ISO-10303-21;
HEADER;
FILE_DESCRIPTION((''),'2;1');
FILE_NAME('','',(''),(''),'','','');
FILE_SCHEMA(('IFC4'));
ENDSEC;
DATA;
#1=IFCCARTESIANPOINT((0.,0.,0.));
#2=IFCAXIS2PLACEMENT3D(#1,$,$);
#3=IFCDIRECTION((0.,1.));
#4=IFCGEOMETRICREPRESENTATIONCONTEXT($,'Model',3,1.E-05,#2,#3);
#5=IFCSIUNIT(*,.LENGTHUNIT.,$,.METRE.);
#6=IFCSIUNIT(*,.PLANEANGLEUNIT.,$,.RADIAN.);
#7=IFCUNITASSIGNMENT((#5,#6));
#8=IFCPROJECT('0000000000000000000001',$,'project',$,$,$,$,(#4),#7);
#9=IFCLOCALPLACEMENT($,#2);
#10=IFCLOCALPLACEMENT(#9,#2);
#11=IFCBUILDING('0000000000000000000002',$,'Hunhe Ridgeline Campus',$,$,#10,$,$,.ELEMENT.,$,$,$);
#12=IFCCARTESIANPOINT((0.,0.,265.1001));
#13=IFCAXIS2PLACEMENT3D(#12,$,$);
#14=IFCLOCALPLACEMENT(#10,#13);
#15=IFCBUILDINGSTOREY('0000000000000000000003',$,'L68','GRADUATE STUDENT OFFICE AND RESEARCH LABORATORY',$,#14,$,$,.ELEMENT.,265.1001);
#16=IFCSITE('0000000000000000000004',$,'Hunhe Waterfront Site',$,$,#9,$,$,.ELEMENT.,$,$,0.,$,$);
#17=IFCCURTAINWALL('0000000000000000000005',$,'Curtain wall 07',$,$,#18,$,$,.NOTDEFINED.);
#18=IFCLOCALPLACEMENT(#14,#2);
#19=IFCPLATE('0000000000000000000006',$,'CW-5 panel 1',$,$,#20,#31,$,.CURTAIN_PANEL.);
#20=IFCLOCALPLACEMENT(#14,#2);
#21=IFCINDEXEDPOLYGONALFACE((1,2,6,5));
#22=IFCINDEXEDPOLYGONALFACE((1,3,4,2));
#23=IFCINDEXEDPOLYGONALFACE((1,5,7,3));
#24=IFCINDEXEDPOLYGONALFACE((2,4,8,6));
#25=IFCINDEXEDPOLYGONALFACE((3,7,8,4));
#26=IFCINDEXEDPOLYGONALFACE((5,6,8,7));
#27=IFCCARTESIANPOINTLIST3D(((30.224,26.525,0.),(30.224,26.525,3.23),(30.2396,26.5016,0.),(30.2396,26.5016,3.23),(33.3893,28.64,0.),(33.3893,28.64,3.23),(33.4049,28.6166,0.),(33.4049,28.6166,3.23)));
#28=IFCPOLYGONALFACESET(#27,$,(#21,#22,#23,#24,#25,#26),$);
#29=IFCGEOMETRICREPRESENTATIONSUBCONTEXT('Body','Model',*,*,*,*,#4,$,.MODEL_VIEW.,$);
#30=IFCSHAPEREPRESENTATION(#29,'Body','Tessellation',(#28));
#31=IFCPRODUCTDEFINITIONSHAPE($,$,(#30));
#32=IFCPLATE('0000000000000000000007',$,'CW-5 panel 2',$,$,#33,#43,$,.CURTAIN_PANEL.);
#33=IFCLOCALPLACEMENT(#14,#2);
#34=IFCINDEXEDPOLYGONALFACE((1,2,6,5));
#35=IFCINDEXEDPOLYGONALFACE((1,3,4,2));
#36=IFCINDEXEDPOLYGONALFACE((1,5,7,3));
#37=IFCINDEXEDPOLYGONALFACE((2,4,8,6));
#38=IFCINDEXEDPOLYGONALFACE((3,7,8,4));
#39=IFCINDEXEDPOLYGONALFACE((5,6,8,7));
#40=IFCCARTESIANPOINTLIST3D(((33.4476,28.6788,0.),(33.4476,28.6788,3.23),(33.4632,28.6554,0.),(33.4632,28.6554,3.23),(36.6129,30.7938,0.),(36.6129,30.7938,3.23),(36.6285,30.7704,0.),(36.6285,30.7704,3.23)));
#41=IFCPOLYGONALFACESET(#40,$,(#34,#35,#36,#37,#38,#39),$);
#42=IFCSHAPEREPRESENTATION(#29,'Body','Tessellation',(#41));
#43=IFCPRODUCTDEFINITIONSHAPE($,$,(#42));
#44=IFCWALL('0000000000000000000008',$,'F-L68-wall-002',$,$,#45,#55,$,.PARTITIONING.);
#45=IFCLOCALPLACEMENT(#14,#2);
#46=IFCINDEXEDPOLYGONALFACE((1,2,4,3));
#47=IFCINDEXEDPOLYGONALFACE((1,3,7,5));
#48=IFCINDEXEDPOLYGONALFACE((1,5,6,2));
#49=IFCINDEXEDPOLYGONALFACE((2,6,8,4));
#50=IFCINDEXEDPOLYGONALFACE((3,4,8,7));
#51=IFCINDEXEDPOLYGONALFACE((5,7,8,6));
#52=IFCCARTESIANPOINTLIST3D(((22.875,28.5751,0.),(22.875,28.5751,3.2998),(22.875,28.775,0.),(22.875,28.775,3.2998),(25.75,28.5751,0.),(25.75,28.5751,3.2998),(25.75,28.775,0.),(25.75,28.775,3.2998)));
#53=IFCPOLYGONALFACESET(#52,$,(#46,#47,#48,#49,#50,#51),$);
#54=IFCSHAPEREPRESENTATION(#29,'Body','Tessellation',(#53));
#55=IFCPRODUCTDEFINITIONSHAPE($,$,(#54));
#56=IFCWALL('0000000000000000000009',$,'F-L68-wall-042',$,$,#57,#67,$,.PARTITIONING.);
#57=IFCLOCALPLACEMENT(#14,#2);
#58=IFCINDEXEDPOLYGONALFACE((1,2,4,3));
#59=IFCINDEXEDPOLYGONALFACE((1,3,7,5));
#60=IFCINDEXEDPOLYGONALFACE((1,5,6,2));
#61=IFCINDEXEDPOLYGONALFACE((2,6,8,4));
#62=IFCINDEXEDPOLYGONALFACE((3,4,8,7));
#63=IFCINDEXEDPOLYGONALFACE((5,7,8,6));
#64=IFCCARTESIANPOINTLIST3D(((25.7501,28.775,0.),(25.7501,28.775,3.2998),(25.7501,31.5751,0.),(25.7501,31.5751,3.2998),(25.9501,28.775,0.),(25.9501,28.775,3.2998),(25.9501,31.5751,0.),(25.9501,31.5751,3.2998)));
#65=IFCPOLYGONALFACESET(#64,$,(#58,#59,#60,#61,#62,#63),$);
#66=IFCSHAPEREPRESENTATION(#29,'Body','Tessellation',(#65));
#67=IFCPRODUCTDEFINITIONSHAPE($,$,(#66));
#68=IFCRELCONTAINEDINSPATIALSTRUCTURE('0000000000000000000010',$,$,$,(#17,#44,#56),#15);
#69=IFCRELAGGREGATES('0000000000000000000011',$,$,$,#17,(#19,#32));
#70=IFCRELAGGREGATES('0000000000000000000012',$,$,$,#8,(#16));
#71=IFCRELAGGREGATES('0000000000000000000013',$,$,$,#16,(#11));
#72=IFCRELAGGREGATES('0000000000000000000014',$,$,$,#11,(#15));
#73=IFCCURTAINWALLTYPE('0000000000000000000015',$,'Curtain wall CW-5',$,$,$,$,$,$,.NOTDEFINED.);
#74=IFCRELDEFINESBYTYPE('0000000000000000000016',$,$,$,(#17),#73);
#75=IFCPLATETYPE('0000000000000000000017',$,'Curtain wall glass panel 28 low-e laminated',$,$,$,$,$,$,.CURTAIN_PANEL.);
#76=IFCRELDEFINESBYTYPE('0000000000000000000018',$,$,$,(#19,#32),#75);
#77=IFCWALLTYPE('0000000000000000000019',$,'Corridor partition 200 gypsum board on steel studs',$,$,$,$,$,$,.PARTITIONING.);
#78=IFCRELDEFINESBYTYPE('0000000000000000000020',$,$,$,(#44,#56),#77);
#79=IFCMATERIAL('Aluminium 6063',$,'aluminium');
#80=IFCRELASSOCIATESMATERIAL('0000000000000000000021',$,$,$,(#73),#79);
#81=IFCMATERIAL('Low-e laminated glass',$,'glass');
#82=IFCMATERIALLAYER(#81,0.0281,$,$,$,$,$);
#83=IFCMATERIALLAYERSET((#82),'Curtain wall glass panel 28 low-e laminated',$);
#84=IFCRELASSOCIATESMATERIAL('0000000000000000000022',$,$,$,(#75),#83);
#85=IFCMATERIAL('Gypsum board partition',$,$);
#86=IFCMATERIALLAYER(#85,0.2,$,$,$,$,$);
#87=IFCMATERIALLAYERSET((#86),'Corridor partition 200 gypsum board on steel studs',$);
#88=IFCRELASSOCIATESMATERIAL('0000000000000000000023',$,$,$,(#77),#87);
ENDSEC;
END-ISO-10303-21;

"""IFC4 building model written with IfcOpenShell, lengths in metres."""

from ifc_helpers import new_model, si_unit, direction, frame, frame_2d, origin, origin_2d, place, context, subcontext, project, spatial, rectangle, extrude, material, layer, layer_set, type_object, element, aggregate, save


model = new_model("IFC4")

# Units and contexts
model_context = context("Model", 3, precision=1e-05, world=origin(), true_north=direction((0.0, 1.0)))
body_context = subcontext(model_context, "Body", "Model", "MODEL_VIEW")
ifc_project = project(units=[si_unit("LENGTHUNIT", "METRE"), si_unit("PLANEANGLEUNIT", "RADIAN")], contexts=[model_context])

# Site, building, storey
site_placement = place(None, origin())
site = spatial("IfcSite", under=ifc_project, at=site_placement, Name="Hunhe Waterfront Site", CompositionType="ELEMENT", RefElevation=0.0)
building_placement = place(site_placement, origin())
building = spatial("IfcBuilding", under=site, at=building_placement, Name="Hunhe Ridgeline Campus", CompositionType="ELEMENT")
storey_placement = place(building_placement, frame((0.0, 0.0, 265.1001)))
storey = spatial("IfcBuildingStorey", under=building, at=storey_placement, Name="L68", Description="GRADUATE STUDENT OFFICE AND RESEARCH LABORATORY", CompositionType="ELEMENT", Elevation=265.1001)

# Curtain wall
ifc_material_1 = material(Name="Aluminium 6063", Category="aluminium")
curtain_wall_type = type_object("IfcCurtainWallType", Name="Curtain wall CW-5", PredefinedType="NOTDEFINED", material=ifc_material_1)
curtain_wall_1_placement = place(storey_placement, origin())
curtain_wall_1 = element("IfcCurtainWall", 1, at=curtain_wall_1_placement, inside=storey, type_object=curtain_wall_type, Name="Curtain wall 07", PredefinedType="NOTDEFINED")

# Plates
ifc_material_2 = material(Name="Low-e laminated glass", Category="glass")
ifc_layer_1 = layer(ifc_material_2, 0.0281)
ifc_layer_set_1 = layer_set([ifc_layer_1], Name="Curtain wall glass panel 28 low-e laminated")
plate_type = type_object("IfcPlateType", Name="Curtain wall glass panel 28 low-e laminated", PredefinedType="CURTAIN_PANEL", material=ifc_layer_set_1)
plate_1_placement = place(storey_placement, frame((31.8145, 27.5708, 0.0), z_axis=(0.0, 0.0, 1.0), x_axis=(0.83147, 0.55557, 0.0)))
plate_1 = element("IfcPlate", 2, at=plate_1_placement, type_object=plate_type, Name="CW-5 panel 1", PredefinedType="CURTAIN_PANEL", context=body_context, shape_type="SweptSolid", body=[
    extrude(rectangle(XDim=3.8069, YDim=0.0281, at=origin_2d()), origin(), (0.0, 0.0, 1.0), 3.23),
])
plate_2_placement = place(storey_placement, frame((35.0381, 29.7246, 0.0), z_axis=(0.0, 0.0, 1.0), x_axis=(0.83147, 0.55557, 0.0)))
plate_2 = element("IfcPlate", 3, at=plate_2_placement, type_object=plate_type, Name="CW-5 panel 2", PredefinedType="CURTAIN_PANEL", context=body_context, shape_type="SweptSolid", body=[
    extrude(rectangle(XDim=3.8069, YDim=0.0281, at=origin_2d()), origin(), (0.0, 0.0, 1.0), 3.23),
])
aggregate(curtain_wall_1, [plate_1, plate_2])

# Walls
ifc_material_3 = material(Name="Gypsum board partition")
ifc_layer_2 = layer(ifc_material_3, 0.2)
ifc_layer_set_2 = layer_set([ifc_layer_2], Name="Corridor partition 200 gypsum board on steel studs")
wall_type = type_object("IfcWallType", Name="Corridor partition 200 gypsum board on steel studs", PredefinedType="PARTITIONING", material=ifc_layer_set_2)
wall_1_placement = place(storey_placement, frame((25.75, 28.675, 0.0), z_axis=(0.0, 0.0, 1.0), x_axis=(-1.0, 0.0, 0.0)))
element("IfcWall", 4, at=wall_1_placement, inside=storey, type_object=wall_type, Name="F-L68-wall-002", PredefinedType="PARTITIONING", context=body_context, shape_type="SweptSolid", body=[
    extrude(rectangle(XDim=2.875, YDim=0.2, at=frame_2d((1.4375, 0.0))), origin(), (0.0, 0.0, 1.0), 3.2998),
])
wall_2_placement = place(storey_placement, frame((25.8501, 31.575, 0.0), z_axis=(0.0, 0.0, 1.0), x_axis=(0.0, -1.0, 0.0)))
element("IfcWall", 5, at=wall_2_placement, inside=storey, type_object=wall_type, Name="F-L68-wall-042", PredefinedType="PARTITIONING", context=body_context, shape_type="SweptSolid", body=[
    extrude(rectangle(XDim=2.8, YDim=0.2, at=frame_2d((1.3999, 0.0))), origin(), (0.0, 0.0, 1.0), 3.2998),
])

save(model, "model.ifc")
